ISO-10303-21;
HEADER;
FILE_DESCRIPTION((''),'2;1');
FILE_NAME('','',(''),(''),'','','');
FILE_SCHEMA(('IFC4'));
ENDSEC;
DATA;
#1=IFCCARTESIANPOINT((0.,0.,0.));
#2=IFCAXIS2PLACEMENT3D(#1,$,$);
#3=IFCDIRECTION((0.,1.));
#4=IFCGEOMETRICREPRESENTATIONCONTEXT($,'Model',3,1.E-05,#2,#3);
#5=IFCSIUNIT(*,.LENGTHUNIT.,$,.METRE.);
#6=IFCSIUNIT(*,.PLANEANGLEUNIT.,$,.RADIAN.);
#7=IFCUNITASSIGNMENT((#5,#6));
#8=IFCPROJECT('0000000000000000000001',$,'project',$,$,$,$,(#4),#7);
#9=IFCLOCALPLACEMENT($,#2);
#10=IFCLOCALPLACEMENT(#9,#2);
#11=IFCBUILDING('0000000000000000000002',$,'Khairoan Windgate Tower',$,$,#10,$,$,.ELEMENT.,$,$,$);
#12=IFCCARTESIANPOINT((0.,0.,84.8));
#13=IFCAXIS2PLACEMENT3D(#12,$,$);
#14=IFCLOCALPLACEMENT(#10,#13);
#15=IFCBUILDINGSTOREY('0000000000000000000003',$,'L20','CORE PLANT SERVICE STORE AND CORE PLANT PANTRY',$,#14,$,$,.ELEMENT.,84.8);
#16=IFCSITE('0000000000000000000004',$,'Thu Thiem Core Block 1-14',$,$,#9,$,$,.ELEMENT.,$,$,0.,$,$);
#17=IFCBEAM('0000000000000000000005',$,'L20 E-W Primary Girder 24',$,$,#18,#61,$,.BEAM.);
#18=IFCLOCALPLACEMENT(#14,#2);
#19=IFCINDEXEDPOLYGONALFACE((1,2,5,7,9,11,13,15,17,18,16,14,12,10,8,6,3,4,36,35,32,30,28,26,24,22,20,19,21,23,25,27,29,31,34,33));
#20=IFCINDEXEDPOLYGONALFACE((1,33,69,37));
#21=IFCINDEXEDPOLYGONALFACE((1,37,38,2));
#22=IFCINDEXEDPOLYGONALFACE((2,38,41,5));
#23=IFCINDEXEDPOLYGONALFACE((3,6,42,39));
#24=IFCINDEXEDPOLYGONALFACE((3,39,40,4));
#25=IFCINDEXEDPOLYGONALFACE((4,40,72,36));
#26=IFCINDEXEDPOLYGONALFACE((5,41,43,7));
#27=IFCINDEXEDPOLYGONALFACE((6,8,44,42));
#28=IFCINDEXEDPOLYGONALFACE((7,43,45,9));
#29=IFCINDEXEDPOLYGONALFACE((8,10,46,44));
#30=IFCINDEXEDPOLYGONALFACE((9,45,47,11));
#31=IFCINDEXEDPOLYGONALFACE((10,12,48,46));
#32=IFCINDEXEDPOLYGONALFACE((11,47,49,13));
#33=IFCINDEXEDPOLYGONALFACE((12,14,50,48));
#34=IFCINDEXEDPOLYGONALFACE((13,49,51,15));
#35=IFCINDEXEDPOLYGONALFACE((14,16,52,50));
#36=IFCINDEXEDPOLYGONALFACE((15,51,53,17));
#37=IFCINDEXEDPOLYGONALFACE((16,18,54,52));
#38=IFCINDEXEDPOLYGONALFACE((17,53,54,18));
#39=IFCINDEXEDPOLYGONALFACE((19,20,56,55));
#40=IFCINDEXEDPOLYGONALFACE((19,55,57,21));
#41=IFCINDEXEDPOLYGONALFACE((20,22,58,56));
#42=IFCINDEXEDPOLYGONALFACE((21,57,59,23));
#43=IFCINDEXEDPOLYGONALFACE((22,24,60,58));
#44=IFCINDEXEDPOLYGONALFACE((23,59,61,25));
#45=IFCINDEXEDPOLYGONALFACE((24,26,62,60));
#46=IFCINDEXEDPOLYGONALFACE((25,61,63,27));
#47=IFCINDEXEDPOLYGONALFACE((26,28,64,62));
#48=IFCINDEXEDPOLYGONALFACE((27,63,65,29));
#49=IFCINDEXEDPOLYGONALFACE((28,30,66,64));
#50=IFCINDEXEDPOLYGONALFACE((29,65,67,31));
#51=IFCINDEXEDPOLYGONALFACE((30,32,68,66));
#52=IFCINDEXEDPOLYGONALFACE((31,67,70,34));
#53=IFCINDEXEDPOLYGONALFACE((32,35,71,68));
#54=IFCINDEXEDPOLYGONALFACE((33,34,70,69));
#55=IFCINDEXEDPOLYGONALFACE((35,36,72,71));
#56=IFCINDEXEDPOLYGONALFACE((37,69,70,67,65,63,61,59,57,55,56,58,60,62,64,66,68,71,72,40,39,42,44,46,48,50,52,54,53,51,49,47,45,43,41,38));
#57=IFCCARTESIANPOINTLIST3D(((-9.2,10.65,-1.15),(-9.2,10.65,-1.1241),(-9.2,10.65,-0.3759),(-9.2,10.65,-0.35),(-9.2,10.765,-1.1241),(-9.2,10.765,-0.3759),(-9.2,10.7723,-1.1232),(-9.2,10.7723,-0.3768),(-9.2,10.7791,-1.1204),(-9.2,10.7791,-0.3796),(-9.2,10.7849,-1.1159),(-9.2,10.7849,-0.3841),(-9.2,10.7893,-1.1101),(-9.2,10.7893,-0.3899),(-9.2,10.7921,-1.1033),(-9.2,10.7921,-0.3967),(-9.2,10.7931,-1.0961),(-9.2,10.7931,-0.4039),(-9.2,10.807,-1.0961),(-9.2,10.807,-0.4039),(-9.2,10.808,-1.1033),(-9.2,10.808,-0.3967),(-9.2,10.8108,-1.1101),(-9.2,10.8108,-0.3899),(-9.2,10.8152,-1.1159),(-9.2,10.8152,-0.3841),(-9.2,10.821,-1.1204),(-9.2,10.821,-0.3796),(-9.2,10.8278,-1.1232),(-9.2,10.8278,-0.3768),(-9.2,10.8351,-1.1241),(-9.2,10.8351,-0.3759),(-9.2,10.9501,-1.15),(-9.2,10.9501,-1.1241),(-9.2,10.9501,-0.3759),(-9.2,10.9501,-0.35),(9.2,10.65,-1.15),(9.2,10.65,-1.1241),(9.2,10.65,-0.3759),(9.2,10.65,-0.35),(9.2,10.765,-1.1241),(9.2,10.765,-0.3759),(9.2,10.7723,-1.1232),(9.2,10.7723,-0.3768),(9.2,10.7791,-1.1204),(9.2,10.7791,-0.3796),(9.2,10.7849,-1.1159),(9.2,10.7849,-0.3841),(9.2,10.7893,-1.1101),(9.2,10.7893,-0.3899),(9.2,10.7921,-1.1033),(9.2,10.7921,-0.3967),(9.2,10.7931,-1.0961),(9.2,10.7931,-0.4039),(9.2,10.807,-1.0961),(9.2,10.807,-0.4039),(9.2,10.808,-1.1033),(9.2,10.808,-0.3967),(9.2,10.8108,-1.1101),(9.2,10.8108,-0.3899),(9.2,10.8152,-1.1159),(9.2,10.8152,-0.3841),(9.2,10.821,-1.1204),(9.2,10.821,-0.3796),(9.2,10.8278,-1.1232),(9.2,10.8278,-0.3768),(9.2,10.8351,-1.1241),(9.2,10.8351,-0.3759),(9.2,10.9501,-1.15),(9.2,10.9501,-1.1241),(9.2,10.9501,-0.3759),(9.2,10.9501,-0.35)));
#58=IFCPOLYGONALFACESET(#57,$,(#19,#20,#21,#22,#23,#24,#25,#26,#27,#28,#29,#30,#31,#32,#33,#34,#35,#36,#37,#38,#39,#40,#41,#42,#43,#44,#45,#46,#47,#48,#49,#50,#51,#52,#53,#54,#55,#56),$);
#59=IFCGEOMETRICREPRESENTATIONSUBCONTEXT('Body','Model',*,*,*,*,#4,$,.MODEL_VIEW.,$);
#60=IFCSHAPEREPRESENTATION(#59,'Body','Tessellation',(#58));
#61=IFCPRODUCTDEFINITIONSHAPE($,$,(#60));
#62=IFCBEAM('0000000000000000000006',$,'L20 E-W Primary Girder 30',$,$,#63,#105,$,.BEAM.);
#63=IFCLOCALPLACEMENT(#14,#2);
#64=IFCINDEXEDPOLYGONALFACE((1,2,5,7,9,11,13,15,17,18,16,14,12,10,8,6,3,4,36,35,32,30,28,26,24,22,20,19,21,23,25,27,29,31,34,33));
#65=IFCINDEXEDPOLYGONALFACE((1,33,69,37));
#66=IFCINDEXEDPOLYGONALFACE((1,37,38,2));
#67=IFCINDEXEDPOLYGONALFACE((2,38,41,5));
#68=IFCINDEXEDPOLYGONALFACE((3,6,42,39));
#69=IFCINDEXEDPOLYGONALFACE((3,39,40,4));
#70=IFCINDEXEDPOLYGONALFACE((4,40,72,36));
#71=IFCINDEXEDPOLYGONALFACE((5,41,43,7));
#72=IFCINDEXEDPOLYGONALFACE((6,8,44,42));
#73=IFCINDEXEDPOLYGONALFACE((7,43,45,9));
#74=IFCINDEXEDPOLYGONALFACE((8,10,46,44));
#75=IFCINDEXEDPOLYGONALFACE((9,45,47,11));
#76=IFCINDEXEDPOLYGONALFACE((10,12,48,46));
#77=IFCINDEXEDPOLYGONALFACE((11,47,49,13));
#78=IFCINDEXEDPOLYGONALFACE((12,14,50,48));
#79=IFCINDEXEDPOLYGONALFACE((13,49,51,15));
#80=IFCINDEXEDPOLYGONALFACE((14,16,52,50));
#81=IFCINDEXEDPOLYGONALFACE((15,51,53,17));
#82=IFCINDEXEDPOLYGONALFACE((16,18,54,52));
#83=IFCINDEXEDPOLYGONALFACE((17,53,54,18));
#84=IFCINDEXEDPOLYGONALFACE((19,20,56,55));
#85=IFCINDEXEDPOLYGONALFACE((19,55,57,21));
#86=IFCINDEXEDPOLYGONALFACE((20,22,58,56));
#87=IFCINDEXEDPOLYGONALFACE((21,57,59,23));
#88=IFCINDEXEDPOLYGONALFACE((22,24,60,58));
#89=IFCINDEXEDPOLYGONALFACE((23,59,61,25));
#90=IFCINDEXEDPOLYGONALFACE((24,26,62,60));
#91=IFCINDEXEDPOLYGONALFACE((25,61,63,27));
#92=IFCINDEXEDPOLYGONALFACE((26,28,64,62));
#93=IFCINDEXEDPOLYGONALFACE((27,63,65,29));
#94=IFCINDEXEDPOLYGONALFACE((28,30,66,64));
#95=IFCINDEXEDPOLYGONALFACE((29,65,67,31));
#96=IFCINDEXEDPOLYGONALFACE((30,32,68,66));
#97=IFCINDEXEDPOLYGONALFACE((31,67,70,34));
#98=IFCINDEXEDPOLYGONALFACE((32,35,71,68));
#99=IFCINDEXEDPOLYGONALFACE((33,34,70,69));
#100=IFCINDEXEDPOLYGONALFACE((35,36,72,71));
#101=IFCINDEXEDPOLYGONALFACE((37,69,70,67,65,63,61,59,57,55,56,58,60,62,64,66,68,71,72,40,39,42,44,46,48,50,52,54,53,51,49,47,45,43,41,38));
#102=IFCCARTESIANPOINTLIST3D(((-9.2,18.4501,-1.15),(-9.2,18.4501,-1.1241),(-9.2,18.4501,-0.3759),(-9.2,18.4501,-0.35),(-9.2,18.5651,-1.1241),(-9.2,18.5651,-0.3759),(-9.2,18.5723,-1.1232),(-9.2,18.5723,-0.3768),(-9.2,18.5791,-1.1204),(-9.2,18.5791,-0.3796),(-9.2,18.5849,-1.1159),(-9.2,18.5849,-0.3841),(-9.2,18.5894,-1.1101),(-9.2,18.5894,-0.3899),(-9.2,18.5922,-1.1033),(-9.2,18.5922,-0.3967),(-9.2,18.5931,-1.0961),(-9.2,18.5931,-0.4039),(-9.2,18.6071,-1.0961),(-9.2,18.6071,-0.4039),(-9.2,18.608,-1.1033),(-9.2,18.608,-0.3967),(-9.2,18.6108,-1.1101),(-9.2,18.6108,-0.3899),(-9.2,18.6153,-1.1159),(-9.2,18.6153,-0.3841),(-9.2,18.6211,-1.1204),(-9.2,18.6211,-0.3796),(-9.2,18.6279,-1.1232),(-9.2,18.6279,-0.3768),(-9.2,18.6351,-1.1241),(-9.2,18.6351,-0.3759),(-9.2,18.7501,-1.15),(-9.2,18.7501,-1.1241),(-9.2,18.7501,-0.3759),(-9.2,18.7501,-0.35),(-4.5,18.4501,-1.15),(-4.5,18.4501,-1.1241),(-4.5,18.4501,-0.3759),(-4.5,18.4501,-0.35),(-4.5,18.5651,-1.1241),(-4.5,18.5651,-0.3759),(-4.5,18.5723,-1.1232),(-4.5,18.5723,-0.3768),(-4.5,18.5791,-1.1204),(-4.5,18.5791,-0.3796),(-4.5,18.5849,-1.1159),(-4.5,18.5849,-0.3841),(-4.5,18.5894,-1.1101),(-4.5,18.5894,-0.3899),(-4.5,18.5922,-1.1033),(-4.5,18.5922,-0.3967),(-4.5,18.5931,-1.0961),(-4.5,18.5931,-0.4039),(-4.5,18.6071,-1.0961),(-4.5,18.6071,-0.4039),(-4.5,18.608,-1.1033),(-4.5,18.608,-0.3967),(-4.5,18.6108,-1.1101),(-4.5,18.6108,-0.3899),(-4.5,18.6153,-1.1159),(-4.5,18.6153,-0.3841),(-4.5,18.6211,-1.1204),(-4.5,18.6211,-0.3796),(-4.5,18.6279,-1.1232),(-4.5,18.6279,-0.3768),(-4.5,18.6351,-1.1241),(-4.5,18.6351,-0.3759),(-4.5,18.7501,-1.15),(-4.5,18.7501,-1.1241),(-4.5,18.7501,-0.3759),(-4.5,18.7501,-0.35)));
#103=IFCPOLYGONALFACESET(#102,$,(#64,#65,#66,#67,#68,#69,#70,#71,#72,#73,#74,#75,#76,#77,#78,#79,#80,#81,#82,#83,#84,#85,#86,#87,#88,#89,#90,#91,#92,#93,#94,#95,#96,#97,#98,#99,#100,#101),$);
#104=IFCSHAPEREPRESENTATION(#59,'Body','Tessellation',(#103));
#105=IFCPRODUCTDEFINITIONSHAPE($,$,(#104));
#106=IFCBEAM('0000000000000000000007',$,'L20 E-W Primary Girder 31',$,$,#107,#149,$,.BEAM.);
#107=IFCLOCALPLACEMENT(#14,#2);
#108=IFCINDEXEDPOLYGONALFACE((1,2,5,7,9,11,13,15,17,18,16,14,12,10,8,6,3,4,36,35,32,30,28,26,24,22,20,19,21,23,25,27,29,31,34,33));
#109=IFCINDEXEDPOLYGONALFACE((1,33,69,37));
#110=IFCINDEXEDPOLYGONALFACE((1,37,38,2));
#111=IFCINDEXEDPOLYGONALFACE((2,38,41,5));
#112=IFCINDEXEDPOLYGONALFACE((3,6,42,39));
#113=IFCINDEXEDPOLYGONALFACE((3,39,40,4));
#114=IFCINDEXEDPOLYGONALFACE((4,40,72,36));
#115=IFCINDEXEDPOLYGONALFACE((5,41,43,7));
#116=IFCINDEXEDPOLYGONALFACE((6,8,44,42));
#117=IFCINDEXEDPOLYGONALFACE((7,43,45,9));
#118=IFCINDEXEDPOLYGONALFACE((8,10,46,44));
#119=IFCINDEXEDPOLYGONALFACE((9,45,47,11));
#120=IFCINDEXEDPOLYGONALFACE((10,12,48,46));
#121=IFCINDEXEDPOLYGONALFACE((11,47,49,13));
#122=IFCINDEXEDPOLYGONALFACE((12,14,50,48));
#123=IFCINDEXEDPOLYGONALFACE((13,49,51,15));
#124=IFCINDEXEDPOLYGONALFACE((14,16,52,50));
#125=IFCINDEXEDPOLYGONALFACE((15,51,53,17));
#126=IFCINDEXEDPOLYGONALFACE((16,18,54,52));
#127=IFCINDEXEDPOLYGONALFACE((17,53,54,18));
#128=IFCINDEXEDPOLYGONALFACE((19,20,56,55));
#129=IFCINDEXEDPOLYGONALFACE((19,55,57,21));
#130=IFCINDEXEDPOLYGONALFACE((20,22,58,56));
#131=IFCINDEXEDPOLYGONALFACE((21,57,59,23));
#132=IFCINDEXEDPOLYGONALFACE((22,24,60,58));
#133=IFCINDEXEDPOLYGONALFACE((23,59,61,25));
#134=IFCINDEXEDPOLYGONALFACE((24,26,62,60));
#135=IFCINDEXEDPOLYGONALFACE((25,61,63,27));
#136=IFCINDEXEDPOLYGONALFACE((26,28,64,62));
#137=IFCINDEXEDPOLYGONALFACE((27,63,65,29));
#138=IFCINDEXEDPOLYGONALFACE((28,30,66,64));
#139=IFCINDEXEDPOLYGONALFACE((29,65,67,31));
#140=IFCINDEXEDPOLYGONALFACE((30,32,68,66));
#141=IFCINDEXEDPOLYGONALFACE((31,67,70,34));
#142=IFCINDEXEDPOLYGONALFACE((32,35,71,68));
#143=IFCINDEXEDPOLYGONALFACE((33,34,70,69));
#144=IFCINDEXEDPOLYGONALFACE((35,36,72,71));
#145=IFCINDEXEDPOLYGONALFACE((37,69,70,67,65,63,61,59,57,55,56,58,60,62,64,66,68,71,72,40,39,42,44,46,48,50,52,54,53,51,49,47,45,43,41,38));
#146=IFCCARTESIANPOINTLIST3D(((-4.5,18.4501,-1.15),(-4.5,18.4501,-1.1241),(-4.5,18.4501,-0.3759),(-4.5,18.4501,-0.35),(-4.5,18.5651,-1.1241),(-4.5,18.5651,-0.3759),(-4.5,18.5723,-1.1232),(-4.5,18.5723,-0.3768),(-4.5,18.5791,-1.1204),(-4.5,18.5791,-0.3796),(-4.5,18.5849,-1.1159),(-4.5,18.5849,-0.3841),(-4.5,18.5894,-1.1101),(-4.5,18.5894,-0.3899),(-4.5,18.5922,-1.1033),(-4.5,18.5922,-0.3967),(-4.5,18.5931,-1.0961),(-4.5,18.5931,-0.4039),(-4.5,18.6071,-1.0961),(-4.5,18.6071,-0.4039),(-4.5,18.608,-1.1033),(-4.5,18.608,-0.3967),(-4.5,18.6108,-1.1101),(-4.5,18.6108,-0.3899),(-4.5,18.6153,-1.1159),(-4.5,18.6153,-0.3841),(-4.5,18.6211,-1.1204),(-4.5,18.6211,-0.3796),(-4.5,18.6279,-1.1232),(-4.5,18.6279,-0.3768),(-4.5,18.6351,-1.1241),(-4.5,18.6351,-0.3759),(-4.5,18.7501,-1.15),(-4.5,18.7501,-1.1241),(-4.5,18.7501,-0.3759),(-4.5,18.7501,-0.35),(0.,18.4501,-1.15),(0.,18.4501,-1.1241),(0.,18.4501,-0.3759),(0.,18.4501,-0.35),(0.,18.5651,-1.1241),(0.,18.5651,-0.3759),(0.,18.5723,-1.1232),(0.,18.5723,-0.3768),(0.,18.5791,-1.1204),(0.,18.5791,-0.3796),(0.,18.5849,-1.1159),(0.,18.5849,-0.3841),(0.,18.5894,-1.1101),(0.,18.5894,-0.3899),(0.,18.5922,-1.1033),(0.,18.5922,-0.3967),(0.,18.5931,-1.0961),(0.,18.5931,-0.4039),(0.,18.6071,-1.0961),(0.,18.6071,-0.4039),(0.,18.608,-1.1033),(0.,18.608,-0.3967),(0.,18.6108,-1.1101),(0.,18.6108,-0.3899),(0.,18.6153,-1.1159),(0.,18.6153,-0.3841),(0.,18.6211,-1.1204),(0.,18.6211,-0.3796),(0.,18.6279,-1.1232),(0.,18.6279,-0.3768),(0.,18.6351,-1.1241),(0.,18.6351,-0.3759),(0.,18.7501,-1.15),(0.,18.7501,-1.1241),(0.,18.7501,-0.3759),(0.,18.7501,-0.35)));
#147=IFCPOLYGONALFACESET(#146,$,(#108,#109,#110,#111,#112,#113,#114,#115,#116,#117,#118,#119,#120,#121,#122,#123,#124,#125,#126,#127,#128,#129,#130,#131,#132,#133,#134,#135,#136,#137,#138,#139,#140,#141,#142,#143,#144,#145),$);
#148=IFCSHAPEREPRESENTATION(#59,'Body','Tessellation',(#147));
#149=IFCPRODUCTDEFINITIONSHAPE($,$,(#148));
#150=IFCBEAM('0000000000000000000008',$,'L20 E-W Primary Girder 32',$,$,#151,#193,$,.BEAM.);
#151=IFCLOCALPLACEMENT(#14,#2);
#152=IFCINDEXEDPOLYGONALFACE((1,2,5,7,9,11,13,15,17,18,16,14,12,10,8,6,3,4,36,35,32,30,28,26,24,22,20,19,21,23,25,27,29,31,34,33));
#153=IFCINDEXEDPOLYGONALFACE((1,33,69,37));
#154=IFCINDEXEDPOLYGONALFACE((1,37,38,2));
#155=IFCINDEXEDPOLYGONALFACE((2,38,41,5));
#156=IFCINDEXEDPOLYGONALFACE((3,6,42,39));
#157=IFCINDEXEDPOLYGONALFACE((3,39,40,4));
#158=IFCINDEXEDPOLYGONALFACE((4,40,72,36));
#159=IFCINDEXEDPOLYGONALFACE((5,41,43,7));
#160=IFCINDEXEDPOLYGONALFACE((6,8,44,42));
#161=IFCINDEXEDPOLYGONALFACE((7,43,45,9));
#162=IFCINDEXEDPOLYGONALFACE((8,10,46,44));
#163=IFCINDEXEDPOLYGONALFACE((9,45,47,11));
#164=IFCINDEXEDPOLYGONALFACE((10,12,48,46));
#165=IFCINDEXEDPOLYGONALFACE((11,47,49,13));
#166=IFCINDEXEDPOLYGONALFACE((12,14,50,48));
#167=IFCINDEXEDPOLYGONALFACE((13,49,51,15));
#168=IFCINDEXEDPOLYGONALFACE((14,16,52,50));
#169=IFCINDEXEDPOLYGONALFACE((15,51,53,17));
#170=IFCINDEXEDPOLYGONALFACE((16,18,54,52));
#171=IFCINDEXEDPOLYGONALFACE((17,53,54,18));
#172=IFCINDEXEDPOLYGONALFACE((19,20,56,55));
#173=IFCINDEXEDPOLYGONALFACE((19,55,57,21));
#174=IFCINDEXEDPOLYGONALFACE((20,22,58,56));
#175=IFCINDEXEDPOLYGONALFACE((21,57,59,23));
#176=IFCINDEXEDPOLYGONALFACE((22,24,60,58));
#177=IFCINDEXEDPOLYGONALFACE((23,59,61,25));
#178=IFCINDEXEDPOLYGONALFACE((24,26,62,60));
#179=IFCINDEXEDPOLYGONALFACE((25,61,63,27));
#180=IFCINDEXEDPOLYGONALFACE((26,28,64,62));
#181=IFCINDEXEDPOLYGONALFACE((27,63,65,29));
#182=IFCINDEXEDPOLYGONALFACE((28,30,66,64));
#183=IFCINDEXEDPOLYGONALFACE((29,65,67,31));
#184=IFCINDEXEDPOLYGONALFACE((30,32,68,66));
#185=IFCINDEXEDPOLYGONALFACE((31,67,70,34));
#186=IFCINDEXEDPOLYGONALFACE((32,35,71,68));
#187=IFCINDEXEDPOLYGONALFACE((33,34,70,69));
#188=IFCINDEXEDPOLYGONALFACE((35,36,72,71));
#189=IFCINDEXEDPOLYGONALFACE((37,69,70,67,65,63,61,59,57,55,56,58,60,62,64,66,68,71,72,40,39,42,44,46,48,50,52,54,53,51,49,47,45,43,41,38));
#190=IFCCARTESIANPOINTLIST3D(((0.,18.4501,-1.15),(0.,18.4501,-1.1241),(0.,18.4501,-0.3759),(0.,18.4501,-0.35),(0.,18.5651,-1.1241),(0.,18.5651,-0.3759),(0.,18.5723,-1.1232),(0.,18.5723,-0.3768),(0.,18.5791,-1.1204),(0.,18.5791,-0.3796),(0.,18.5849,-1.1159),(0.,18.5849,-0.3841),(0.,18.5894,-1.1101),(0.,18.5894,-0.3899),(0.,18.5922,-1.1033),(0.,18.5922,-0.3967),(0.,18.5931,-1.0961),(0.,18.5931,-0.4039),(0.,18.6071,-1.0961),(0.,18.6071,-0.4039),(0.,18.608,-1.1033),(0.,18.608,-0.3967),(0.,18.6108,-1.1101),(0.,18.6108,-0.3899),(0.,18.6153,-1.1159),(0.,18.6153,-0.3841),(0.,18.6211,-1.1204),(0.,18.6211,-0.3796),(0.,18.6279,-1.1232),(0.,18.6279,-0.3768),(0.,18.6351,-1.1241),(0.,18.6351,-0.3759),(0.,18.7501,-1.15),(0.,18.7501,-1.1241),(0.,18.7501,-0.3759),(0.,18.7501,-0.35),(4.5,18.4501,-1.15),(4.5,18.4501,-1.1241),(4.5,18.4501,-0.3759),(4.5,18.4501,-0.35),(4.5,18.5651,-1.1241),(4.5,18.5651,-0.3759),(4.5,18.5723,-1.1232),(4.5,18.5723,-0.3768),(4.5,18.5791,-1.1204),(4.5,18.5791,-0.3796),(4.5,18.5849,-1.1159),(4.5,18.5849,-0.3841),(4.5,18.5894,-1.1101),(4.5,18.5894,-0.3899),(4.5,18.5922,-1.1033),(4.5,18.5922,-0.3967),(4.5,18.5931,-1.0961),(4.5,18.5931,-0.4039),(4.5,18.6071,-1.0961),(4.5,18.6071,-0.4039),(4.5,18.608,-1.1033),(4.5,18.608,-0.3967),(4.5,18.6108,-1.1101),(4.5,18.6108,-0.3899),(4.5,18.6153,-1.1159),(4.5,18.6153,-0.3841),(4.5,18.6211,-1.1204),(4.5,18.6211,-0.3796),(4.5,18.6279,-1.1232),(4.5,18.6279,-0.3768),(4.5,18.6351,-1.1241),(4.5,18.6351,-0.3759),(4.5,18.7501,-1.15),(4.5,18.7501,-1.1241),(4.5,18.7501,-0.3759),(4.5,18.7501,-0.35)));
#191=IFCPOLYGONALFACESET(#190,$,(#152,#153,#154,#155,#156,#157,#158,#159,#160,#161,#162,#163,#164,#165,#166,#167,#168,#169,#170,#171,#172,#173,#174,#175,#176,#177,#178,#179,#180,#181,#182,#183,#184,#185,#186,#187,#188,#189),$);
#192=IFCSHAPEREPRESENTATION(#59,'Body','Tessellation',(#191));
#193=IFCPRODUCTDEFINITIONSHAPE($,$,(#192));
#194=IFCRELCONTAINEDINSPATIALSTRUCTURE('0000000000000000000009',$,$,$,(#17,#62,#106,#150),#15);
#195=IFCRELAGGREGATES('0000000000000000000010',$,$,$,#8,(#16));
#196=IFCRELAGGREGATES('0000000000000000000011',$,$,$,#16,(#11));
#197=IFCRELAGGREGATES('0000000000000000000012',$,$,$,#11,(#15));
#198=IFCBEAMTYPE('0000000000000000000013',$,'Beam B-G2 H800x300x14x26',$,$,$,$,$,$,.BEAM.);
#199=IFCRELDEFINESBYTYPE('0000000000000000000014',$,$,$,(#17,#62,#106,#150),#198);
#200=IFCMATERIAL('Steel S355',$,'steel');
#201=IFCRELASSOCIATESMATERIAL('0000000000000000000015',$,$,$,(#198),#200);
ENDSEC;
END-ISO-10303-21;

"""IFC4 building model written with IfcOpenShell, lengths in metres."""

from ifc_helpers import new_model, si_unit, direction, frame, origin, origin_2d, place, context, subcontext, project, spatial, i_section, extrude, material, material_profile, profile_set, type_object, element, save


model = new_model("IFC4")

# Units and contexts
model_context = context("Model", 3, precision=1e-05, world=origin(), true_north=direction((0.0, 1.0)))
body_context = subcontext(model_context, "Body", "Model", "MODEL_VIEW")
ifc_project = project(units=[si_unit("LENGTHUNIT", "METRE"), si_unit("PLANEANGLEUNIT", "RADIAN")], contexts=[model_context])

# Site, building, storey
site_placement = place(None, origin())
site = spatial("IfcSite", under=ifc_project, at=site_placement, Name="Thu Thiem Core Block 1-14", CompositionType="ELEMENT", RefElevation=0.0)
building_placement = place(site_placement, origin())
building = spatial("IfcBuilding", under=site, at=building_placement, Name="Khairoan Windgate Tower", CompositionType="ELEMENT")
storey_placement = place(building_placement, frame((0.0, 0.0, 84.8)))
storey = spatial("IfcBuildingStorey", under=building, at=storey_placement, Name="L20", Description="CORE PLANT SERVICE STORE AND CORE PLANT PANTRY", CompositionType="ELEMENT", Elevation=84.8)

# Beams
ifc_material_1 = material(Name="Steel S355", Category="steel")
ifc_material_profile_1 = material_profile(ifc_material_1, i_section(OverallWidth=0.3, OverallDepth=0.8, WebThickness=0.0139, FlangeThickness=0.0259, FilletRadius=0.0281, at=origin_2d()))
ifc_profile_set_1 = profile_set([ifc_material_profile_1], Name="Steel S355")
beam_type_1 = type_object("IfcBeamType", Name="Beam B-G2 H800x300x14x26", PredefinedType="BEAM", material=ifc_profile_set_1)
beam_1_placement = place(storey_placement, frame((-9.2, 10.8, -0.75), z_axis=(1.0, 0.0, 0.0), x_axis=(0.0, 1.0, 0.0)))
element("IfcBeam", 1, at=beam_1_placement, inside=storey, type_object=beam_type_1, Name="L20 E-W Primary Girder 24", PredefinedType="BEAM", context=body_context, shape_type="SweptSolid", body=[
    extrude(i_section(OverallWidth=0.3, OverallDepth=0.8, WebThickness=0.0139, FlangeThickness=0.0259, FilletRadius=0.0281, at=origin_2d()), origin(), (0.0, 0.0, 1.0), 18.3999),
])
beam_2_placement = place(storey_placement, frame((-9.2, 18.6001, -0.75), z_axis=(1.0, 0.0, 0.0), x_axis=(0.0, 1.0, 0.0)))
element("IfcBeam", 2, at=beam_2_placement, inside=storey, type_object=beam_type_1, Name="L20 E-W Primary Girder 30", PredefinedType="BEAM", context=body_context, shape_type="SweptSolid", body=[
    extrude(i_section(OverallWidth=0.3, OverallDepth=0.8, WebThickness=0.0139, FlangeThickness=0.0259, FilletRadius=0.0281, at=origin_2d()), origin(), (0.0, 0.0, 1.0), 4.7),
])
for number, where, z_axis, x_axis, name in (
    (3, (-4.5, 18.6001, -0.75), (1.0, 0.0, 0.0), (0.0, 1.0, 0.0), "L20 E-W Primary Girder 31"),
    (4, (0.0, 18.6001, -0.75), (1.0, 0.0, 0.0), (0.0, 1.0, 0.0), "L20 E-W Primary Girder 32"),
):
    element("IfcBeam", number, at=place(storey_placement, frame(where, z_axis=z_axis, x_axis=x_axis)), inside=storey, type_object=beam_type_1, Name=name, PredefinedType="BEAM", context=body_context, shape_type="SweptSolid", body=[
        extrude(i_section(OverallWidth=0.3, OverallDepth=0.8, WebThickness=0.0139, FlangeThickness=0.0259, FilletRadius=0.0281, at=origin_2d()), origin(), (0.0, 0.0, 1.0), 4.5),
    ])

save(model, "model.ifc")
